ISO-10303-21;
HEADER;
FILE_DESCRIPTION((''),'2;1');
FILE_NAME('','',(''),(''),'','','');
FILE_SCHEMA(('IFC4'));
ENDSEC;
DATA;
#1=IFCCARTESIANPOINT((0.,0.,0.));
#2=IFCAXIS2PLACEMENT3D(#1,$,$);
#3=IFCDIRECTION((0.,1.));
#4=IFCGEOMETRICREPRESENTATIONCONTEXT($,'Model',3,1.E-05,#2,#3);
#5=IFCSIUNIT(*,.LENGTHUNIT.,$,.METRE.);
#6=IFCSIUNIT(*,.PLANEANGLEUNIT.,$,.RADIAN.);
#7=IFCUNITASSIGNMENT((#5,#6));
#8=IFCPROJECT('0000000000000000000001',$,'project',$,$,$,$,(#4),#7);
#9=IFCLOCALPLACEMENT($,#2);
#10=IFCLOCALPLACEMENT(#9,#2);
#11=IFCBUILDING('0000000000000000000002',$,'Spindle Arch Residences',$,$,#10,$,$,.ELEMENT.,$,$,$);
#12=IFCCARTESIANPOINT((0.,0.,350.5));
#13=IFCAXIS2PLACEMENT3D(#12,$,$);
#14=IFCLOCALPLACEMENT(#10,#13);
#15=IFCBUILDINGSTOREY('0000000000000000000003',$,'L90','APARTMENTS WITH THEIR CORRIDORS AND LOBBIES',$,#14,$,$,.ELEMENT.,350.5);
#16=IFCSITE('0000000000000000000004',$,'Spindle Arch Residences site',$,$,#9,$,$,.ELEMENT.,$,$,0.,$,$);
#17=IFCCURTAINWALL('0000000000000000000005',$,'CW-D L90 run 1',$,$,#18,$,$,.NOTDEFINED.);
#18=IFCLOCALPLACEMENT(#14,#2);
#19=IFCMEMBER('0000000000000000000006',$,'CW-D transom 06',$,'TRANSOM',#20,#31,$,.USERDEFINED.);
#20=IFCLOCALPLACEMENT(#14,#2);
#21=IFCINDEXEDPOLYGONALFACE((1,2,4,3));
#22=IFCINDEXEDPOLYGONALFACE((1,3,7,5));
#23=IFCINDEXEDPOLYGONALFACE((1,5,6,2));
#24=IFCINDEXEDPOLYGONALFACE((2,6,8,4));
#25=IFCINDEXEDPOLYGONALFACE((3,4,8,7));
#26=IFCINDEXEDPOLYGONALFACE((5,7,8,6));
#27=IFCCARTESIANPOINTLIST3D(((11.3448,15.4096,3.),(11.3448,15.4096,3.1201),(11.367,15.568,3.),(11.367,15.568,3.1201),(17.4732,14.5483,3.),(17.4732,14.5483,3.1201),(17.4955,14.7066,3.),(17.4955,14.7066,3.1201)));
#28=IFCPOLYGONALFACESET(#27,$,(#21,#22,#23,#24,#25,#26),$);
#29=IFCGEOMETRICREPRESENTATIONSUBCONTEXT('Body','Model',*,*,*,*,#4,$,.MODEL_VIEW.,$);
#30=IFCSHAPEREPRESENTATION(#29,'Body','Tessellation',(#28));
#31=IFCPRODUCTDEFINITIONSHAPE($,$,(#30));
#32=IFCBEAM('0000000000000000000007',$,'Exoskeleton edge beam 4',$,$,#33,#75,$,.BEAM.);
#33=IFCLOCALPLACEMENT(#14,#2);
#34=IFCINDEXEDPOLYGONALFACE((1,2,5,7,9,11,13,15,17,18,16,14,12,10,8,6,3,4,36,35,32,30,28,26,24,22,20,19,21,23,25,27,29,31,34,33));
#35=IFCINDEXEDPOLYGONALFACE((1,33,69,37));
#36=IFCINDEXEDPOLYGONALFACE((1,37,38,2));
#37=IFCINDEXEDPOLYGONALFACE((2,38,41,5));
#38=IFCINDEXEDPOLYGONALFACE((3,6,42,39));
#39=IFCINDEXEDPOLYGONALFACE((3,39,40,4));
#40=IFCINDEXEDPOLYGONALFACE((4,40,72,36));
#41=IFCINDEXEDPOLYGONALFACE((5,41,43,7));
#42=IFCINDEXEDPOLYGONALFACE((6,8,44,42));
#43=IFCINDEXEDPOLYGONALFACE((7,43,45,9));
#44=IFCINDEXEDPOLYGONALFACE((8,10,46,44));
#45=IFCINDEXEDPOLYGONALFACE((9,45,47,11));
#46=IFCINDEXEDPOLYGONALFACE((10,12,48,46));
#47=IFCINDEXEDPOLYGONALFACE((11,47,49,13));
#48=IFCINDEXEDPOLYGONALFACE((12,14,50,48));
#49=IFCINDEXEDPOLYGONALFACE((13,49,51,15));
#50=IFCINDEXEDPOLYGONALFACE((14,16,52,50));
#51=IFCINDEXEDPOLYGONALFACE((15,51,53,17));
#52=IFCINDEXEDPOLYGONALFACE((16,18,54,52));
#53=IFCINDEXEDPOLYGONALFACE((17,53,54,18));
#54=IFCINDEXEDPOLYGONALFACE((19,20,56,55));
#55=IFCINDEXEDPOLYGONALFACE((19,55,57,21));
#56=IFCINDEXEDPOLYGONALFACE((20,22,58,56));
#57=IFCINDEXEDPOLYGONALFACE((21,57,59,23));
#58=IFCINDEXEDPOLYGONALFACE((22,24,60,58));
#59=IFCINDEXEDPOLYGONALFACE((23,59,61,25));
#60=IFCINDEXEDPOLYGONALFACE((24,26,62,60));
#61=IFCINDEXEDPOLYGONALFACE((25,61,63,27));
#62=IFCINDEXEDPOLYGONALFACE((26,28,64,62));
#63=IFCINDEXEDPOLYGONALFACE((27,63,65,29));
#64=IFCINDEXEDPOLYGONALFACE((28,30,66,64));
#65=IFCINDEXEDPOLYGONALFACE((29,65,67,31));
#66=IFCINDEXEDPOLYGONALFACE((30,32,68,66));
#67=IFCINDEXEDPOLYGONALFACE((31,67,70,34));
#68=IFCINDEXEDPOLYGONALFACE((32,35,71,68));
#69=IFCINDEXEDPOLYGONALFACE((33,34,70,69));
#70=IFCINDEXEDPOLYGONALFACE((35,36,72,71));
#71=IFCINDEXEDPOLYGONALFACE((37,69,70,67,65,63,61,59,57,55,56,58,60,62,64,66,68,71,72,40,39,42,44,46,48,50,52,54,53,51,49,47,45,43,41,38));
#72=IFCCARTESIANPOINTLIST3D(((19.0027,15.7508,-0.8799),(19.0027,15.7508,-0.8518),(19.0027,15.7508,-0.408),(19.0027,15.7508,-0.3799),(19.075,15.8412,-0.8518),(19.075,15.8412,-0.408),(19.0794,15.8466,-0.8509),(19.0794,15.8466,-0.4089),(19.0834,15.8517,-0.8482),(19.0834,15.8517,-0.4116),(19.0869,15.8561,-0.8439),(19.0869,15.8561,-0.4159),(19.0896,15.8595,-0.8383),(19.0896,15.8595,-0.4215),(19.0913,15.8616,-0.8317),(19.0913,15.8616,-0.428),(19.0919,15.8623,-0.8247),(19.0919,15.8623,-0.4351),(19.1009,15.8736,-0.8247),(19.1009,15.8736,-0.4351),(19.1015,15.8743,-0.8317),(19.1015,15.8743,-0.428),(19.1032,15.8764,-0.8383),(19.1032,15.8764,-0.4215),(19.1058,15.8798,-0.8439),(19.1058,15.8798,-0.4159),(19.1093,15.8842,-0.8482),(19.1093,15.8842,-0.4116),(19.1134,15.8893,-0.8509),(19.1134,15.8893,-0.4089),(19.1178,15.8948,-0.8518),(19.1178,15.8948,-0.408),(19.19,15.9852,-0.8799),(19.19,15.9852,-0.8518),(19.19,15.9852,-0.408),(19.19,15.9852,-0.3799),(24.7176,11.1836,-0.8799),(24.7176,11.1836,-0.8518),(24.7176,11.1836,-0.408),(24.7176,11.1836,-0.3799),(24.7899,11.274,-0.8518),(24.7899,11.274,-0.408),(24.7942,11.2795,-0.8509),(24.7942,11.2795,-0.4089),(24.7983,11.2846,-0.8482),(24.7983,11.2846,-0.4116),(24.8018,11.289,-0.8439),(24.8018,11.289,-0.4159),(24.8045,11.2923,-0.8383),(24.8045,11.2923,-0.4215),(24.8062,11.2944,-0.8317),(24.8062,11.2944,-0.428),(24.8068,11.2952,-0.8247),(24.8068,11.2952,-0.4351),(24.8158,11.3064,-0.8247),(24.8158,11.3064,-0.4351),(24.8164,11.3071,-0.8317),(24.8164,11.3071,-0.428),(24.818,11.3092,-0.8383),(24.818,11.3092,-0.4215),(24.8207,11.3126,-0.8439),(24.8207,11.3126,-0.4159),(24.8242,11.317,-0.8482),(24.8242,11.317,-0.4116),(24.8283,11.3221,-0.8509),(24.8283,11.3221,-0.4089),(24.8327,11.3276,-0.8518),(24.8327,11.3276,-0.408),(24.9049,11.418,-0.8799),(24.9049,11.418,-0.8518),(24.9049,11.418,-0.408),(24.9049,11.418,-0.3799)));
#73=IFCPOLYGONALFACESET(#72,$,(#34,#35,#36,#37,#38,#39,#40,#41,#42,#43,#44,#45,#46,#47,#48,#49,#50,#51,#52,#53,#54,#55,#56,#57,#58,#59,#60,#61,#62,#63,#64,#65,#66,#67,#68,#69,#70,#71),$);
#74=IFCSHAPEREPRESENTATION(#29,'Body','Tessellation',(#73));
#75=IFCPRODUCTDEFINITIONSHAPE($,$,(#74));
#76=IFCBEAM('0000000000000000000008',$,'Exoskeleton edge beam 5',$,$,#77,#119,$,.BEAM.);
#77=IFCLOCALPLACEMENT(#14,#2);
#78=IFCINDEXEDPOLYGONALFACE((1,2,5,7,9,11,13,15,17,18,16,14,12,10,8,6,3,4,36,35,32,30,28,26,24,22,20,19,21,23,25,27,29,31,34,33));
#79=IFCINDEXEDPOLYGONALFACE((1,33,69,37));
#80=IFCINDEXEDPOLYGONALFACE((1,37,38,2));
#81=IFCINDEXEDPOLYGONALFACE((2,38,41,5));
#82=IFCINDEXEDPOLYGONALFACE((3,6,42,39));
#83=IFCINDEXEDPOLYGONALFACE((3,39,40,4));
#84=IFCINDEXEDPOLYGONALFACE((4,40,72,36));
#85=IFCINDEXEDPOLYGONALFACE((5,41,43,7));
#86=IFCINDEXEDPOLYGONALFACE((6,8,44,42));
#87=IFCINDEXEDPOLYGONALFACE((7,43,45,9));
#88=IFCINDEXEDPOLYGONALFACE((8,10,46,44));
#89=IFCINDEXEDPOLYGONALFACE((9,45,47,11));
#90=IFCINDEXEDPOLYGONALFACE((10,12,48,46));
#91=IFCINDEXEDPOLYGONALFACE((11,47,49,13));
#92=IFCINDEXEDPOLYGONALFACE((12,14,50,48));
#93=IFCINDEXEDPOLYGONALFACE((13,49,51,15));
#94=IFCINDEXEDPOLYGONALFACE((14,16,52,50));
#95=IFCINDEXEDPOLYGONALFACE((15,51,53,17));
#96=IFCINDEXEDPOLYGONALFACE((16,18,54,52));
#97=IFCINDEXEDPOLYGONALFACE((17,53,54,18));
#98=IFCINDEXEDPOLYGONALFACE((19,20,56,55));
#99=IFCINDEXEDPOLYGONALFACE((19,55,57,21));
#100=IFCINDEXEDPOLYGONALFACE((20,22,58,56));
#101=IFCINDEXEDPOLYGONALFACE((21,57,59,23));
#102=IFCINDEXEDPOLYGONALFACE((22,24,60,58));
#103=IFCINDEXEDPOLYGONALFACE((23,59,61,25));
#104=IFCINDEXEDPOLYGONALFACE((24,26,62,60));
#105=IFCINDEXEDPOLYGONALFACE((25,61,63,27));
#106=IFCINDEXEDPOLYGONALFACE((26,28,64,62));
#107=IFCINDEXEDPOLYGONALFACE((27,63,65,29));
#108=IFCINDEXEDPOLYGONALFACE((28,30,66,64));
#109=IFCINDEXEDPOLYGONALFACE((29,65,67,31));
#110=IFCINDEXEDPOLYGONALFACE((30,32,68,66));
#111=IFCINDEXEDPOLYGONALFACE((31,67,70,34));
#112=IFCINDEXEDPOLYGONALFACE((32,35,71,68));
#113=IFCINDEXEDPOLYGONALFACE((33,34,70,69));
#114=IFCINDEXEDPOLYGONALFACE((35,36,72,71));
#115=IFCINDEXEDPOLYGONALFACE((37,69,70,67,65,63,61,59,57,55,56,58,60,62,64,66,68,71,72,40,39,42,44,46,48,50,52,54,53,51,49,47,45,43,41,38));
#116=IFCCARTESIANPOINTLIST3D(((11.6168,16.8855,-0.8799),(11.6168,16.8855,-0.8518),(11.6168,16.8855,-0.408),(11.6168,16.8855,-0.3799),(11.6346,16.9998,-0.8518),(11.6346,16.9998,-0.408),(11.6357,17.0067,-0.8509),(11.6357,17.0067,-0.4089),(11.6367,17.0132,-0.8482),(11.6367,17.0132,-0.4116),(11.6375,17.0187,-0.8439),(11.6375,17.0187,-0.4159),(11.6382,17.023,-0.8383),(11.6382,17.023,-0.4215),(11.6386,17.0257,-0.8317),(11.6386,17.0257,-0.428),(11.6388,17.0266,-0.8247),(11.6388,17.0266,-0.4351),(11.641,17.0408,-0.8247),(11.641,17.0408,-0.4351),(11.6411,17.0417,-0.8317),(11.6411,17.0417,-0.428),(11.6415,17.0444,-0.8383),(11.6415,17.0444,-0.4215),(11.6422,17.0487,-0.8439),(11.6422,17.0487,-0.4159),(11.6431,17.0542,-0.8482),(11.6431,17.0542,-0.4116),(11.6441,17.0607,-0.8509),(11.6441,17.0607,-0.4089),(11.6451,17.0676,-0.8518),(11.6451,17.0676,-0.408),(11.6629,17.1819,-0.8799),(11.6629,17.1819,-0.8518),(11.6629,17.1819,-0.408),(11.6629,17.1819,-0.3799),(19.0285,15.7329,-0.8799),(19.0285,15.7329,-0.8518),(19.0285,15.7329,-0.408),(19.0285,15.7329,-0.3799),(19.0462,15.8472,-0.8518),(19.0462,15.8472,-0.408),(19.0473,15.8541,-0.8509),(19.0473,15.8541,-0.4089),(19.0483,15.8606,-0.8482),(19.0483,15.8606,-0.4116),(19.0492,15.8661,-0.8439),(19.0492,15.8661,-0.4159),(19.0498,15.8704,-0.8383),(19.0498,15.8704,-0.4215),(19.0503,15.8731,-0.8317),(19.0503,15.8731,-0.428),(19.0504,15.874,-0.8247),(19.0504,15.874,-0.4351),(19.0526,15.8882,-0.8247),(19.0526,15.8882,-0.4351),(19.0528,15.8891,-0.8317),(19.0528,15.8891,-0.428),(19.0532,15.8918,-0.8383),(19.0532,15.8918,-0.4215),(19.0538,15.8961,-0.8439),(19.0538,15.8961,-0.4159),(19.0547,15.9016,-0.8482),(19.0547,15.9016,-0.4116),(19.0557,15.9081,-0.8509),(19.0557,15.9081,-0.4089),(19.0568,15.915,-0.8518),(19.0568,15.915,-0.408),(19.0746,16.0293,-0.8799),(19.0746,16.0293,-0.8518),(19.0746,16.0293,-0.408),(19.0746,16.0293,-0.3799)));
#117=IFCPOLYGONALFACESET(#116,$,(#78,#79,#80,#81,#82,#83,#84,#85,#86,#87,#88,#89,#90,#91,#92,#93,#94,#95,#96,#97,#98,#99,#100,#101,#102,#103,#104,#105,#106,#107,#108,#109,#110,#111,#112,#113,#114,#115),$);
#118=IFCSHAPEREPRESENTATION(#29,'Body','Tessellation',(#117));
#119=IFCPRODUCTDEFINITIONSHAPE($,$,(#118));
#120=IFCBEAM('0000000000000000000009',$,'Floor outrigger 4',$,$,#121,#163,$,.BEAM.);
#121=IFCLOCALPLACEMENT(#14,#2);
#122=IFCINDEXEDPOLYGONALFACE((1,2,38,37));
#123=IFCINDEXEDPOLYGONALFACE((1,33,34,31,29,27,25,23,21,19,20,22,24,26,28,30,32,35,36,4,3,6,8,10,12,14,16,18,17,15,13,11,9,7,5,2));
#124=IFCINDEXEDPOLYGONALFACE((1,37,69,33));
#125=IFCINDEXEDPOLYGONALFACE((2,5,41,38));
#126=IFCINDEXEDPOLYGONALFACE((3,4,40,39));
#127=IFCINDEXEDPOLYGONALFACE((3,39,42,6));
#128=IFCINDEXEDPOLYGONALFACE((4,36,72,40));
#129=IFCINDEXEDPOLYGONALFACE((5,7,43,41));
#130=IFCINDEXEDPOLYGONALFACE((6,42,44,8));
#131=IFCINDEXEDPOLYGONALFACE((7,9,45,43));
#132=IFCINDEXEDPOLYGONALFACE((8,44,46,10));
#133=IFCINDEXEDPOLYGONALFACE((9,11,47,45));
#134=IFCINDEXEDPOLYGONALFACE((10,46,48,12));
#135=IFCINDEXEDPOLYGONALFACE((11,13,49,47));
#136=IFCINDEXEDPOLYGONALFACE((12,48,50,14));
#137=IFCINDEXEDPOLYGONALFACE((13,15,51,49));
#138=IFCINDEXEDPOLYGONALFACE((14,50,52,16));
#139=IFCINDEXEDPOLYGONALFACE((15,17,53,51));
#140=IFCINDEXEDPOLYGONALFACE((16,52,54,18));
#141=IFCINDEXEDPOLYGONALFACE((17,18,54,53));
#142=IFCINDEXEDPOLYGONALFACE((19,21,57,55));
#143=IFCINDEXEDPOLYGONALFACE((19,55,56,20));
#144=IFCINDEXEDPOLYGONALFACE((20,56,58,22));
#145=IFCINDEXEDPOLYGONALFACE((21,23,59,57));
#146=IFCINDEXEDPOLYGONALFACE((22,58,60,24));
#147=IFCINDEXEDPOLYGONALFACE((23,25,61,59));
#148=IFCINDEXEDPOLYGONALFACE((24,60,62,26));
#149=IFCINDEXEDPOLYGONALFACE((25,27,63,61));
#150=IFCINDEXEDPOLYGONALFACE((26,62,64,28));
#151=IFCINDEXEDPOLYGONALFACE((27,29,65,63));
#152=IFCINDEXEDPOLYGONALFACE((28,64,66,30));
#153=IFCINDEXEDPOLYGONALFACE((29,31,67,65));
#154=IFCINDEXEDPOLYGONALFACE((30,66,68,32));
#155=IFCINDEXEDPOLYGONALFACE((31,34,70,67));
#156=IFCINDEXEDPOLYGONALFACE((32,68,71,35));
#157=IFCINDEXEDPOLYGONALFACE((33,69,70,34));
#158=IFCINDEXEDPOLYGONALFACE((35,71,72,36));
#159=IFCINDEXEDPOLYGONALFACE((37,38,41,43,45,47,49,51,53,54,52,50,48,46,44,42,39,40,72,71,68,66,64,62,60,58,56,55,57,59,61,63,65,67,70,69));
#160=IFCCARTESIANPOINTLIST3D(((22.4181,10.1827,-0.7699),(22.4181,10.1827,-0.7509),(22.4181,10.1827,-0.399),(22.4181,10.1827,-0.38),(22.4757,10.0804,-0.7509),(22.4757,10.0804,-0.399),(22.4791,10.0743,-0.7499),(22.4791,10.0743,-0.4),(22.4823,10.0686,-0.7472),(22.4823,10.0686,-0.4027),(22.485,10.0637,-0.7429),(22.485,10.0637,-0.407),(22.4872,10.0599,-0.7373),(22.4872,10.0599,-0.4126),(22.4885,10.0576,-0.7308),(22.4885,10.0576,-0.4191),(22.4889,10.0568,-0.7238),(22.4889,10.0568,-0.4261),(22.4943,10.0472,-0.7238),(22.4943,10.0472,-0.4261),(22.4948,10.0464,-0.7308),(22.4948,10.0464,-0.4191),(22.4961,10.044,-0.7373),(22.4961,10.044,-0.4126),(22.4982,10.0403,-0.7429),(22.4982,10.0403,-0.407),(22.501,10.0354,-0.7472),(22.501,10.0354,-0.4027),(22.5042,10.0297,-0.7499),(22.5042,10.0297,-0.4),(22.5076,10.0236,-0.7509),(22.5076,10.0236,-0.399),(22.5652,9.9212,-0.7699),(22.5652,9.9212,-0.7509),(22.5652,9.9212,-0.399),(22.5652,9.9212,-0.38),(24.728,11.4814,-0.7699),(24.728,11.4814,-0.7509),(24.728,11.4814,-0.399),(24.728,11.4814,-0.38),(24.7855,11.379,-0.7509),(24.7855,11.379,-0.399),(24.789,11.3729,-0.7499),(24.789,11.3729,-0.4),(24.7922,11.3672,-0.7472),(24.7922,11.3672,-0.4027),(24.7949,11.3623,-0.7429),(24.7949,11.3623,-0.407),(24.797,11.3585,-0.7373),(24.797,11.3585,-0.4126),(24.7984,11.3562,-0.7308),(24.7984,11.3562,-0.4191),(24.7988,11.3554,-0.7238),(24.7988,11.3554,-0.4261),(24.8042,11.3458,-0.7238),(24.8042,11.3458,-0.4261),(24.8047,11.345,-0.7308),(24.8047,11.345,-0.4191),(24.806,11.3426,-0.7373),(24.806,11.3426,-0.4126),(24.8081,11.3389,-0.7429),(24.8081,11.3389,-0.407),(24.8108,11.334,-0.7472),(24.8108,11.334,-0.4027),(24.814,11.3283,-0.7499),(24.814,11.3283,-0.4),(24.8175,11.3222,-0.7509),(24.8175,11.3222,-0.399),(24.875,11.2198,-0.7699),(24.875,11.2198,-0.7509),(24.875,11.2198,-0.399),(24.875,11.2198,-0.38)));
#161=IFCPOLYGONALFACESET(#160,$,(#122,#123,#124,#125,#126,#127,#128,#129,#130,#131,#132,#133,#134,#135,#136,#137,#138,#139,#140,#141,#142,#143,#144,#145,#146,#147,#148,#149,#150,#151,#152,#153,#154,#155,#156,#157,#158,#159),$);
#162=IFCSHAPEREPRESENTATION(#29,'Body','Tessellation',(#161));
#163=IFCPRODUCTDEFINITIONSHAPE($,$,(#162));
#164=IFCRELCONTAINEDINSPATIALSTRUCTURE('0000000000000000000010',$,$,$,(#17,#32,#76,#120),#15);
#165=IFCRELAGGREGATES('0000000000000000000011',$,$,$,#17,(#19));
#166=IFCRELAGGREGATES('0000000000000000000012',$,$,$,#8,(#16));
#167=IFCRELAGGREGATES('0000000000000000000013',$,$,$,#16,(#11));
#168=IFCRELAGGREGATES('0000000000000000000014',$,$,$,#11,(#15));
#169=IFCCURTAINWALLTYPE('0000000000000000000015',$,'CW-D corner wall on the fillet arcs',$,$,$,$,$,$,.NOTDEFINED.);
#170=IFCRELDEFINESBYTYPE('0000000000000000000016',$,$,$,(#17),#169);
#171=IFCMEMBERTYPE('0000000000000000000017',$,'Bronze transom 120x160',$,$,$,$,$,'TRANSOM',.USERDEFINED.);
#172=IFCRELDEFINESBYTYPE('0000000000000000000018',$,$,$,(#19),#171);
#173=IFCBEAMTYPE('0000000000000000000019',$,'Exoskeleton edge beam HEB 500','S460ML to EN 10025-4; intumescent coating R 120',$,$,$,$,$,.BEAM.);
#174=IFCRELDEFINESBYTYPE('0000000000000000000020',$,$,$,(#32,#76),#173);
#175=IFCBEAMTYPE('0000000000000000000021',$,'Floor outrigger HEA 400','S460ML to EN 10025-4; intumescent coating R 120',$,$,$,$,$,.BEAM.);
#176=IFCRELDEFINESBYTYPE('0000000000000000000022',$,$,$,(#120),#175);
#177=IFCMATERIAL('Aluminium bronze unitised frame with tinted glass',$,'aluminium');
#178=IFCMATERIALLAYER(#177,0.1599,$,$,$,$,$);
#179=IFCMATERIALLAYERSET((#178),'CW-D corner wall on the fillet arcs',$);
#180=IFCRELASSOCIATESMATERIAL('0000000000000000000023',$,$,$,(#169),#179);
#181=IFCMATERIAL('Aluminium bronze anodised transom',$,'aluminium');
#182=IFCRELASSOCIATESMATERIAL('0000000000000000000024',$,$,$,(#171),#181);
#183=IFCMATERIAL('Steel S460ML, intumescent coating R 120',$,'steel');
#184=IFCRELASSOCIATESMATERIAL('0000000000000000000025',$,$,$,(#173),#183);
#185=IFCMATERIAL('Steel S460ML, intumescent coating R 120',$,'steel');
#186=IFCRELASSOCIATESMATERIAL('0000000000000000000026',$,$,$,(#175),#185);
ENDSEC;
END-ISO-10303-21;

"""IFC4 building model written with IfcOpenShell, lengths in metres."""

from ifc_helpers import new_model, si_unit, direction, frame, origin, origin_2d, place, context, subcontext, project, spatial, rectangle, i_section, extrude, material, layer, layer_set, material_profile, profile_set, type_object, element, aggregate, save


model = new_model("IFC4")

# Units and contexts
model_context = context("Model", 3, precision=1e-05, world=origin(), true_north=direction((0.0, 1.0)))
body_context = subcontext(model_context, "Body", "Model", "MODEL_VIEW")
ifc_project = project(units=[si_unit("LENGTHUNIT", "METRE"), si_unit("PLANEANGLEUNIT", "RADIAN")], contexts=[model_context])

# Site, building, storey
site_placement = place(None, origin())
site = spatial("IfcSite", under=ifc_project, at=site_placement, Name="Spindle Arch Residences site", CompositionType="ELEMENT", RefElevation=0.0)
building_placement = place(site_placement, origin())
building = spatial("IfcBuilding", under=site, at=building_placement, Name="Spindle Arch Residences", CompositionType="ELEMENT")
storey_placement = place(building_placement, frame((0.0, 0.0, 350.5)))
storey = spatial("IfcBuildingStorey", under=building, at=storey_placement, Name="L90", Description="APARTMENTS WITH THEIR CORRIDORS AND LOBBIES", CompositionType="ELEMENT", Elevation=350.5)

# Curtain wall, member
ifc_material_1 = material(Name="Aluminium bronze unitised frame with tinted glass", Category="aluminium")
ifc_layer_1 = layer(ifc_material_1, 0.1599)
ifc_layer_set_1 = layer_set([ifc_layer_1], Name="CW-D corner wall on the fillet arcs")
curtain_wall_type = type_object("IfcCurtainWallType", Name="CW-D corner wall on the fillet arcs", PredefinedType="NOTDEFINED", material=ifc_layer_set_1)
curtain_wall_placement = place(storey_placement, origin())
curtain_wall = element("IfcCurtainWall", 1, at=curtain_wall_placement, inside=storey, type_object=curtain_wall_type, Name="CW-D L90 run 1", PredefinedType="NOTDEFINED")
ifc_material_2 = material(Name="Aluminium bronze anodised transom", Category="aluminium")
ifc_material_profile_1 = material_profile(ifc_material_2, rectangle(XDim=0.1599, YDim=0.1201, at=origin_2d()), Name="TR 120x160")
ifc_profile_set_1 = profile_set([ifc_material_profile_1], Name="Aluminium bronze anodised transom")
member_type_1 = type_object("IfcMemberType", Name="Bronze transom 120x160", ElementType="TRANSOM", PredefinedType="USERDEFINED", material=ifc_profile_set_1)
member_1_placement = place(storey_placement, frame((17.4844, 14.6274, 3.0601), z_axis=(-0.990267, 0.139179, 0.0), x_axis=(-0.139179, -0.990267, 0.0)))
member_1 = element("IfcMember", 2, at=member_1_placement, type_object=member_type_1, Name="CW-D transom 06", ObjectType="TRANSOM", PredefinedType="USERDEFINED", context=body_context, shape_type="SweptSolid", body=[
    extrude(rectangle(XDim=0.1599, YDim=0.1201, at=origin_2d()), origin(), (0.0, 0.0, 1.0), 6.1887),
])

# Beams
ifc_material_3 = material(Name="Steel S460ML, intumescent coating R 120", Category="steel")
ifc_material_profile_2 = material_profile(ifc_material_3, i_section(OverallWidth=0.3, OverallDepth=0.5, WebThickness=0.0144, FlangeThickness=0.0281, FilletRadius=0.0271, at=origin_2d()), Name="HEB 500")
ifc_profile_set_2 = profile_set([ifc_material_profile_2], Name="Steel S460ML, intumescent coating R 120")
beam_type_1 = type_object("IfcBeamType", Name="Exoskeleton edge beam HEB 500", Description="S460ML to EN 10025-4; intumescent coating R 120", PredefinedType="BEAM", material=ifc_profile_set_2)
beam_1_placement = place(storey_placement, frame((24.8113, 11.3008, -0.6299), z_axis=(-0.781185, 0.6243, 0.0), x_axis=(-0.6243, -0.781185, 0.0)))
element("IfcBeam", 3, at=beam_1_placement, inside=storey, type_object=beam_type_1, Name="Exoskeleton edge beam 4", PredefinedType="BEAM", context=body_context, shape_type="SweptSolid", body=[
    extrude(i_section(OverallWidth=0.3, OverallDepth=0.5, WebThickness=0.0144, FlangeThickness=0.0281, FilletRadius=0.0271, at=origin_2d()), origin(), (0.0, 0.0, 1.0), 7.3157),
])
beam_2_placement = place(storey_placement, frame((19.0515, 15.8811, -0.6299), z_axis=(-0.988123, 0.153664, 0.0), x_axis=(-0.153664, -0.988123, 0.0)))
element("IfcBeam", 4, at=beam_2_placement, inside=storey, type_object=beam_type_1, Name="Exoskeleton edge beam 5", PredefinedType="BEAM", context=body_context, shape_type="SweptSolid", body=[
    extrude(i_section(OverallWidth=0.3, OverallDepth=0.5, WebThickness=0.0144, FlangeThickness=0.0281, FilletRadius=0.0271, at=origin_2d()), origin(), (0.0, 0.0, 1.0), 7.5007),
])
ifc_material_4 = material(Name="Steel S460ML, intumescent coating R 120", Category="steel")
ifc_material_profile_3 = material_profile(ifc_material_4, i_section(OverallWidth=0.3, OverallDepth=0.3899, WebThickness=0.011, FlangeThickness=0.019, FilletRadius=0.0271, at=origin_2d()), Name="HEA 400")
ifc_profile_set_3 = profile_set([ifc_material_profile_3], Name="Steel S460ML, intumescent coating R 120")
beam_type_2 = type_object("IfcBeamType", Name="Floor outrigger HEA 400", Description="S460ML to EN 10025-4; intumescent coating R 120", PredefinedType="BEAM", material=ifc_profile_set_3)
beam_3_placement = place(storey_placement, frame((24.8015, 11.3506, -0.575), z_axis=(-0.871686, -0.490064, 0.0), x_axis=(0.490064, -0.871686, 0.0)))
element("IfcBeam", 5, at=beam_3_placement, inside=storey, type_object=beam_type_2, Name="Floor outrigger 4", PredefinedType="BEAM", context=body_context, shape_type="SweptSolid", body=[
    extrude(i_section(OverallWidth=0.3, OverallDepth=0.3899, WebThickness=0.011, FlangeThickness=0.019, FilletRadius=0.0271, at=origin_2d()), origin(), (0.0, 0.0, 1.0), 2.6499),
])

aggregate(curtain_wall, [member_1])

save(model, "model.ifc")
